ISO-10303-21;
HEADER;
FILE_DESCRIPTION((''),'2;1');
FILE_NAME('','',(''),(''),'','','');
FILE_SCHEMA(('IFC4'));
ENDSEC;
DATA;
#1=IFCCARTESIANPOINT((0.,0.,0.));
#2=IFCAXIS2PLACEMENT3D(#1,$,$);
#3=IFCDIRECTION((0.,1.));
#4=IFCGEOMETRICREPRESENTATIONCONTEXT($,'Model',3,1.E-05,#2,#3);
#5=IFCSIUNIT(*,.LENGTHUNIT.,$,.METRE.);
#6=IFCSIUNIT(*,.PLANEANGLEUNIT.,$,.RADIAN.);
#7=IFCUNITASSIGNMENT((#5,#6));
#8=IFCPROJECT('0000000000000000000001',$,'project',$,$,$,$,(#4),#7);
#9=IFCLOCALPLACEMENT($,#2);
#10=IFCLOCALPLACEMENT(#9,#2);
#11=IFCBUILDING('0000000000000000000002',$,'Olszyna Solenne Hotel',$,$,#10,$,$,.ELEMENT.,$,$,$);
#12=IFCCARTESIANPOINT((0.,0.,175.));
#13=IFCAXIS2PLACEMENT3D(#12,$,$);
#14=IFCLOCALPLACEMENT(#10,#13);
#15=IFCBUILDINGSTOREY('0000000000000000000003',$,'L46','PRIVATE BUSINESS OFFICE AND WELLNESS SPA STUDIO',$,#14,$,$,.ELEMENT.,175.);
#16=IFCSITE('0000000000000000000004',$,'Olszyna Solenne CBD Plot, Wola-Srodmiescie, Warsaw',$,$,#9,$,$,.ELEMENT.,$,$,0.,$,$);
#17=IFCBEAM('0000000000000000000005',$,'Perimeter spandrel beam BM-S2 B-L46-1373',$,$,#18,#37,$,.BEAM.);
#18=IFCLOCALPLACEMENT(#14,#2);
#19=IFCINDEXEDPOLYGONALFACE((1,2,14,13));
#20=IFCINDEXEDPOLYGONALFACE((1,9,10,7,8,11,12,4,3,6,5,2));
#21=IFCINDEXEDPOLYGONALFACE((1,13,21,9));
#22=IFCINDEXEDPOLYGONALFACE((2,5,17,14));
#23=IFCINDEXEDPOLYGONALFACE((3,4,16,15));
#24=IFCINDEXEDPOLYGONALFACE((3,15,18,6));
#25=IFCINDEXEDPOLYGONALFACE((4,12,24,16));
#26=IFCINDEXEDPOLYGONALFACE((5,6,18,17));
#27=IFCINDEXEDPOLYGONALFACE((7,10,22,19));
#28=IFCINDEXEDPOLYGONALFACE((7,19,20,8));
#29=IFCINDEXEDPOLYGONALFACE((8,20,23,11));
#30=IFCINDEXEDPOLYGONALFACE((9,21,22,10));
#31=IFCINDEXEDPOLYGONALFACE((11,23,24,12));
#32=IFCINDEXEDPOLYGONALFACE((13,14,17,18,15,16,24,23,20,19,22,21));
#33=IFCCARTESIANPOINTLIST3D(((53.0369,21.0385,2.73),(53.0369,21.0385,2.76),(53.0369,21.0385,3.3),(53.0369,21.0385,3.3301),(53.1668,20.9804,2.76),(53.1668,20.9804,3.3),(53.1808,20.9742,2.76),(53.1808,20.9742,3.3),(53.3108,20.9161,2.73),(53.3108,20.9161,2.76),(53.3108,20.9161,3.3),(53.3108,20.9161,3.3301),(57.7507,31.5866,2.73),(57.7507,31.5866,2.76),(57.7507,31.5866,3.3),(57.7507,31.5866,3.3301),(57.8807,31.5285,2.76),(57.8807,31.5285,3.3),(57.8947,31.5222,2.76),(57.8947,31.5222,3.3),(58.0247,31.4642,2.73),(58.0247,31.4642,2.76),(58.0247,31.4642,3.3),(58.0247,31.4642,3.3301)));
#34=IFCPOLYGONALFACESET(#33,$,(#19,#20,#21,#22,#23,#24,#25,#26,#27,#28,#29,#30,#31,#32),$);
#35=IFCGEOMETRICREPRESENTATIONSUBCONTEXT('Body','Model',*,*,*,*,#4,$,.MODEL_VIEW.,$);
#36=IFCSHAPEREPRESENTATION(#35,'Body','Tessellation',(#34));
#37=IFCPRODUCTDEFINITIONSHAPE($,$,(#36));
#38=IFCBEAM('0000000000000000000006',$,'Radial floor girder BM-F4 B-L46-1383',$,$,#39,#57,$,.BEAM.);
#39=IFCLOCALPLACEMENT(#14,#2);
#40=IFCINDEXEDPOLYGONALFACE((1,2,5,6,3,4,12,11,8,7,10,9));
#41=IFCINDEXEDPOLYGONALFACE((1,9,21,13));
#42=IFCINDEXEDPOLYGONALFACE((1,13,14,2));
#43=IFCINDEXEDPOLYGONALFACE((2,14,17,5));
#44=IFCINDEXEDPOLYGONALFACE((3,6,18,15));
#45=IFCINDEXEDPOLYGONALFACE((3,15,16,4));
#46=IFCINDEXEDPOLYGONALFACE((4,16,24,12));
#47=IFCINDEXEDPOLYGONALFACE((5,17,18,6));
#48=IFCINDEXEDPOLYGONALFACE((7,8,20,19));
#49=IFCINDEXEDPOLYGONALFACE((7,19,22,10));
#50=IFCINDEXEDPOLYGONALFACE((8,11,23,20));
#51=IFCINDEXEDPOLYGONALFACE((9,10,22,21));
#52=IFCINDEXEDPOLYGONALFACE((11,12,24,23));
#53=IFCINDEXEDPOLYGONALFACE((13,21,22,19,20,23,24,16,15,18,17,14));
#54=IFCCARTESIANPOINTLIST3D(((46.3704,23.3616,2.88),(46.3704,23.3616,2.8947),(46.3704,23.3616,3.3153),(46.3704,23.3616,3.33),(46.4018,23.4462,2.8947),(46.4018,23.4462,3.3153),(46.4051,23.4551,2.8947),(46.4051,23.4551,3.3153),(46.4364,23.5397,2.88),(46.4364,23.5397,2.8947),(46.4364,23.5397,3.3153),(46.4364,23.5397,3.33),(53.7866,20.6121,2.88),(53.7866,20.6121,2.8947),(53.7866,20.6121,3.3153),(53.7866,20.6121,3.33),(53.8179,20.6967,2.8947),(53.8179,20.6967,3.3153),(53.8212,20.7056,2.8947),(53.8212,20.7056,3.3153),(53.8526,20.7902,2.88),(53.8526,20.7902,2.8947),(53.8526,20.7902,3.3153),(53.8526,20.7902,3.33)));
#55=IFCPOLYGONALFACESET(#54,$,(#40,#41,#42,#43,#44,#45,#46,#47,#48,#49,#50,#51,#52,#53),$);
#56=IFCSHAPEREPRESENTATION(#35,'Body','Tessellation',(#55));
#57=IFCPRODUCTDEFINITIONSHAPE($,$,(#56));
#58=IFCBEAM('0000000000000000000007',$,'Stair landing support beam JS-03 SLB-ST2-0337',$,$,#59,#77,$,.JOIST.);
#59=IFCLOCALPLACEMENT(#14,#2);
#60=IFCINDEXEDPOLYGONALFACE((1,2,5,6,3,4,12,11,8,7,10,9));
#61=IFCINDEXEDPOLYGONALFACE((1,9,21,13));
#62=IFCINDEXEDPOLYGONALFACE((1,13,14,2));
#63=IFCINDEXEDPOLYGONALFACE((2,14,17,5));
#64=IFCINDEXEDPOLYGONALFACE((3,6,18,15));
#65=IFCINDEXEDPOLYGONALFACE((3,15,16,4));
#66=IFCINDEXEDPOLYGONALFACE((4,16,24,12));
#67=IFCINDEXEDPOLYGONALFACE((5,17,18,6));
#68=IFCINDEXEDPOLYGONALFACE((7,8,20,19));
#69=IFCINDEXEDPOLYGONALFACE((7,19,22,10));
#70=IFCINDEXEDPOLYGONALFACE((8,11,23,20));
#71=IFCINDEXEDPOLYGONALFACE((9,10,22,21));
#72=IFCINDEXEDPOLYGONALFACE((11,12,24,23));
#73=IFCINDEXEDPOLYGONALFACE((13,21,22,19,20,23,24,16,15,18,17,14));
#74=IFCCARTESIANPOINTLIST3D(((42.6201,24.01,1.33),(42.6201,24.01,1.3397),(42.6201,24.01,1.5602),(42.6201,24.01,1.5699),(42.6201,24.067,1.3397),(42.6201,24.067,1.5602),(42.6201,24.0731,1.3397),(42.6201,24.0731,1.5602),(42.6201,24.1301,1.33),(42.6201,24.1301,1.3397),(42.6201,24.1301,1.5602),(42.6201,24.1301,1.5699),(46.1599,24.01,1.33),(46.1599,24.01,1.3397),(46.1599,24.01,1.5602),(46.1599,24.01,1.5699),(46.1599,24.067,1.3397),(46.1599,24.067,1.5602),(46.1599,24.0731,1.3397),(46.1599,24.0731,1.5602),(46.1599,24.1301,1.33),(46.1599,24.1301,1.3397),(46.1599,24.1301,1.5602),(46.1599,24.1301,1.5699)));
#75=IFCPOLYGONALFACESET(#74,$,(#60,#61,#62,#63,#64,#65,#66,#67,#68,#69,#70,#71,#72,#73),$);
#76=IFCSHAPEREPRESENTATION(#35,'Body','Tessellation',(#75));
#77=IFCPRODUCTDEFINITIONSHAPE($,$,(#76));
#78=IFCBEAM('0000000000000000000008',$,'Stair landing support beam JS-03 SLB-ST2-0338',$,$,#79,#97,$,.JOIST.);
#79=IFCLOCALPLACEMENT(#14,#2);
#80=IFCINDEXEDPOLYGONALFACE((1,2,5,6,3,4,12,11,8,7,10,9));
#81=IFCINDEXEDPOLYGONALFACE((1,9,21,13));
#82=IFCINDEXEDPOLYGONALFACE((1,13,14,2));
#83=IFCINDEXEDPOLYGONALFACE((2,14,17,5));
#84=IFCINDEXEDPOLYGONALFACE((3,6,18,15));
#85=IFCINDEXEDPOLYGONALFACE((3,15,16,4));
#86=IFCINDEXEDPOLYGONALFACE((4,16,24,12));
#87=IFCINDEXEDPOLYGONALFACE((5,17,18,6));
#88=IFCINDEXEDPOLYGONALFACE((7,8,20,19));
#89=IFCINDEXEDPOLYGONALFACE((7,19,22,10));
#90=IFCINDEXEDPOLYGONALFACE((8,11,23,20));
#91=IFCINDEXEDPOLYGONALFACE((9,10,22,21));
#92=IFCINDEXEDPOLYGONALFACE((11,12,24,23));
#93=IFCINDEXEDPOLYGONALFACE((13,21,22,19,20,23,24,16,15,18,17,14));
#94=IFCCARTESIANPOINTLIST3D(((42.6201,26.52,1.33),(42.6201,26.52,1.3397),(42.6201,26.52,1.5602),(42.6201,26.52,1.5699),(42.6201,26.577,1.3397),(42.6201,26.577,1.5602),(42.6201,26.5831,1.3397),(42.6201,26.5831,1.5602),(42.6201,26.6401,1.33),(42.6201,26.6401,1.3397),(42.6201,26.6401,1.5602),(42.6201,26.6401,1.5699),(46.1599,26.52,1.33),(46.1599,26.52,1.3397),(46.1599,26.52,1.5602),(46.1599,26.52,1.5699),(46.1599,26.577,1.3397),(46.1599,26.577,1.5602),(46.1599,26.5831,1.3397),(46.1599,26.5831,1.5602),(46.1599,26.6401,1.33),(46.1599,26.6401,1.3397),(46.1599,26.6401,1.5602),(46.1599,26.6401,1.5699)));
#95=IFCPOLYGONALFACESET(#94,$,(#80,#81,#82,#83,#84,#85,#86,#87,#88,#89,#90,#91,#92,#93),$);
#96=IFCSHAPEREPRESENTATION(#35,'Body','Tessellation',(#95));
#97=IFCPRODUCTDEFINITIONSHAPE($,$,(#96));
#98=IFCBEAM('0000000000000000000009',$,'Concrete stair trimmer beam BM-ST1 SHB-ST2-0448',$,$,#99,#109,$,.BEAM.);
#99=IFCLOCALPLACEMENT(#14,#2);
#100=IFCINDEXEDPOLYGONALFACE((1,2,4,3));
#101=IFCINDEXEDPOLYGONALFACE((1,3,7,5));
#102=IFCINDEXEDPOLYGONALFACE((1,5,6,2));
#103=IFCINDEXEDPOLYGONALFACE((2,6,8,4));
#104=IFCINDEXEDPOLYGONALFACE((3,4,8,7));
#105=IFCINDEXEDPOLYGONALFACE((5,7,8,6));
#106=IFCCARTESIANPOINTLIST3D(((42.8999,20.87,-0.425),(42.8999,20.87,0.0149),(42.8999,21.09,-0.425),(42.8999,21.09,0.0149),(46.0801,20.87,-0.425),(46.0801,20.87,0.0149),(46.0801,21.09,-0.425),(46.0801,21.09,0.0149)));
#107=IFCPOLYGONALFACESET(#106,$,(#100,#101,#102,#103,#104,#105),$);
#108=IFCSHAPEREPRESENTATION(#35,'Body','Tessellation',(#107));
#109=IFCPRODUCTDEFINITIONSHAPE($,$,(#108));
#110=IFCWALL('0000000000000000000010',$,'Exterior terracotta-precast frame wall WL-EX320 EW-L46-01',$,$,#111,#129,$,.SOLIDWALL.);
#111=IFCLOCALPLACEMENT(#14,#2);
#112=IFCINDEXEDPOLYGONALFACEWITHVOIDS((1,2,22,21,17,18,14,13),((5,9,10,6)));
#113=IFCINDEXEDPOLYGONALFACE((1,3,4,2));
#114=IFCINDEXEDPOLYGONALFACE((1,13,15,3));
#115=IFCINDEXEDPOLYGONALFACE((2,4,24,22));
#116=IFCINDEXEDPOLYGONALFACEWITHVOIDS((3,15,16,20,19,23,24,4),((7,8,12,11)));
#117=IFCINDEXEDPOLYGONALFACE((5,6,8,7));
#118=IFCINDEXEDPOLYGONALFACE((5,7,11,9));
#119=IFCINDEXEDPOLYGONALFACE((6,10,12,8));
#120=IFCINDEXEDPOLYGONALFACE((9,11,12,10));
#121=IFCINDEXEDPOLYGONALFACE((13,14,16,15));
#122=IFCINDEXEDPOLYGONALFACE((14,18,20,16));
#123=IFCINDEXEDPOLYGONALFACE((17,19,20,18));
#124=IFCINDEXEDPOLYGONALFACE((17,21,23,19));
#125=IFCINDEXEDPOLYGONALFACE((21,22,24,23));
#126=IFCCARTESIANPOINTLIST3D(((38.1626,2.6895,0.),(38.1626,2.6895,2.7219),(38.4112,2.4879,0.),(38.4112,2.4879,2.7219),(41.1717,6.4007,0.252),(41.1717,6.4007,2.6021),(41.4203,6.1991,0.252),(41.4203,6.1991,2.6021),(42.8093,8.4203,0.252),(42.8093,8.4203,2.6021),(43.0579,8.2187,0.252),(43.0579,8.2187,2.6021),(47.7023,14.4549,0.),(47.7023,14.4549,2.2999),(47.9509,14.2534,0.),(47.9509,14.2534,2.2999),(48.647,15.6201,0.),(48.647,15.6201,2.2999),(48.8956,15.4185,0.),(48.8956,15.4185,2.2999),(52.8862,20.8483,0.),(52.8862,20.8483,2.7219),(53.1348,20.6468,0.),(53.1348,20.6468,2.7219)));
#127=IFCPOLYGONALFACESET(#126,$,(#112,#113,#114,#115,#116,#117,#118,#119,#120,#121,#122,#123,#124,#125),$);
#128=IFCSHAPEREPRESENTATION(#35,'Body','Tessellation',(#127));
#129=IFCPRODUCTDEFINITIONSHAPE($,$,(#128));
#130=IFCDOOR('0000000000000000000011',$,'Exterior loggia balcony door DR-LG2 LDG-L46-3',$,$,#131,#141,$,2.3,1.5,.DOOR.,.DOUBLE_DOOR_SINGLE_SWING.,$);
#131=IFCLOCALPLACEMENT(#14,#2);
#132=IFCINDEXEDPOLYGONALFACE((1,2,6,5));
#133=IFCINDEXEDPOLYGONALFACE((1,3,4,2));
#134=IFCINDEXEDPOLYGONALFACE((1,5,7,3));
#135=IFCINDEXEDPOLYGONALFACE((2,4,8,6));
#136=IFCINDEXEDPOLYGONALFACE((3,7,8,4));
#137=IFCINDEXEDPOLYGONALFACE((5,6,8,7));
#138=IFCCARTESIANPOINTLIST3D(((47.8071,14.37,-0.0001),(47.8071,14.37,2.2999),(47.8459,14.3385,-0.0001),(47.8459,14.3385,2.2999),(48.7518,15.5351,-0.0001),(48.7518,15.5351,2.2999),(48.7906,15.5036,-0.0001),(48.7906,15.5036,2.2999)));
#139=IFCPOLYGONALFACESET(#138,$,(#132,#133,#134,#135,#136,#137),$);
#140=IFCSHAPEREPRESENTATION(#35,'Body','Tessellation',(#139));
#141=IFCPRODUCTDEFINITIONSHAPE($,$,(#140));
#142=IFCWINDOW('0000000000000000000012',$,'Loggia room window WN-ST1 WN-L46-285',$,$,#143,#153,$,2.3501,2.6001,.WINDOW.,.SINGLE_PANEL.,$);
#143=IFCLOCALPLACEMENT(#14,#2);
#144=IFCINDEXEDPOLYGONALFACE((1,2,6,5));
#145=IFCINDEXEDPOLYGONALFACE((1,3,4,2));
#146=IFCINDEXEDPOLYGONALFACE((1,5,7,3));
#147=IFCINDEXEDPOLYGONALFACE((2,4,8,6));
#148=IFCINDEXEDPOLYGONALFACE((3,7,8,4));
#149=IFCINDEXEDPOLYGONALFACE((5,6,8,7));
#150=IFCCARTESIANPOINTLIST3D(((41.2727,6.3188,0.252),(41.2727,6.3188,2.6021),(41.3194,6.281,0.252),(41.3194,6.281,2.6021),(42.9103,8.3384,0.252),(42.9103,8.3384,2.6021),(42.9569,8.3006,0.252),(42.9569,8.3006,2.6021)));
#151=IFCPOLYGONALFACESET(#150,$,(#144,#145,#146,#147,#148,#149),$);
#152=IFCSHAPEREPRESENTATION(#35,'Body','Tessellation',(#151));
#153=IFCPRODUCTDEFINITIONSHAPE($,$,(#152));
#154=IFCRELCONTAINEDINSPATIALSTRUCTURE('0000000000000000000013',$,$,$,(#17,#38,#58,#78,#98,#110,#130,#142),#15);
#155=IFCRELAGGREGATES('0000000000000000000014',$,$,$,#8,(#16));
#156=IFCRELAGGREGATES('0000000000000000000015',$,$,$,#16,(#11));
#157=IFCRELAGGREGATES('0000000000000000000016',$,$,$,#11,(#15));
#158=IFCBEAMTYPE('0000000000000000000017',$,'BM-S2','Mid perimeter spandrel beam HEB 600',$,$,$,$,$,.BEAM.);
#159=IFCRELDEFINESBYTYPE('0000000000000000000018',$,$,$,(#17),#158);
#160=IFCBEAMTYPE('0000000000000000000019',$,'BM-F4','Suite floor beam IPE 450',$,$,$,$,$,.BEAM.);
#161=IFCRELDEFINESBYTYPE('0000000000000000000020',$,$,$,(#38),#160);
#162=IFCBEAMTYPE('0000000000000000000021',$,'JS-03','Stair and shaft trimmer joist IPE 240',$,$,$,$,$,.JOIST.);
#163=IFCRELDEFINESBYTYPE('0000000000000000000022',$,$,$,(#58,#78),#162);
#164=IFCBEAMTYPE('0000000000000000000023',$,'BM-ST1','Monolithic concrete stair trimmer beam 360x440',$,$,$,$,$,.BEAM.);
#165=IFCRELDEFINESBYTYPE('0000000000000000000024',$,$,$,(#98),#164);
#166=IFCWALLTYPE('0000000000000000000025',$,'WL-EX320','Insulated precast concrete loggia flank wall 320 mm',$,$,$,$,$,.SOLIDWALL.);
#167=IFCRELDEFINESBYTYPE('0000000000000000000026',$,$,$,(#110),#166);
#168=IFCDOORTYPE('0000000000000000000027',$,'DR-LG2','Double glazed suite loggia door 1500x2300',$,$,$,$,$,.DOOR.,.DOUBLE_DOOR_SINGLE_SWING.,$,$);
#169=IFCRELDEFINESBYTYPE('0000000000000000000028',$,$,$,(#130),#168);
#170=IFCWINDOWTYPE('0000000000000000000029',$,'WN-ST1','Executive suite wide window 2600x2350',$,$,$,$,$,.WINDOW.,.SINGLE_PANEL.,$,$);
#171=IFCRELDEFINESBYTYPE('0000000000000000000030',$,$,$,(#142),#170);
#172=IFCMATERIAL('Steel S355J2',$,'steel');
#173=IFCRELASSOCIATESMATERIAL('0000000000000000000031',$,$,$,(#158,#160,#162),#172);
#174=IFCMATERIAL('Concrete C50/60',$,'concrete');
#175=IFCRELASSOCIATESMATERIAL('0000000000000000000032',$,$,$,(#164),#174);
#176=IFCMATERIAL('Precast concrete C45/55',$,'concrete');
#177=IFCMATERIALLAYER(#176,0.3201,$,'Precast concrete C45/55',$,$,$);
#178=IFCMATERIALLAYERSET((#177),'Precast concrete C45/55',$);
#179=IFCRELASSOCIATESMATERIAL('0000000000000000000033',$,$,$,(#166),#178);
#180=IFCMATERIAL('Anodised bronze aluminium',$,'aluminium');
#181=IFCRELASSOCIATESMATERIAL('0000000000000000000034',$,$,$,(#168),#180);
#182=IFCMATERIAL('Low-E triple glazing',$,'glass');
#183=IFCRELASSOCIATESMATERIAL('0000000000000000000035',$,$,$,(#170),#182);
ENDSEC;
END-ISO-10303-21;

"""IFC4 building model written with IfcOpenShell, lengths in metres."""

from ifc_helpers import new_model, si_unit, direction, frame, frame_2d, origin, origin_2d, place, context, subcontext, project, spatial, rectangle, i_section, extrude, source, transform, mapped, material, layer, layer_set, material_profile, profile_set, type_object, type_shapes, element, fill, save


model = new_model("IFC4")

# Units and contexts
model_context = context("Model", 3, precision=1e-05, world=origin(), true_north=direction((0.0, 1.0)))
body_context = subcontext(model_context, "Body", "Model", "MODEL_VIEW")
ifc_project = project(units=[si_unit("LENGTHUNIT", "METRE"), si_unit("PLANEANGLEUNIT", "RADIAN")], contexts=[model_context])

# Site, building, storey
site_placement = place(None, origin())
site = spatial("IfcSite", under=ifc_project, at=site_placement, Name="Olszyna Solenne CBD Plot, Wola-Srodmiescie, Warsaw", CompositionType="ELEMENT", RefElevation=0.0)
building_placement = place(site_placement, origin())
building = spatial("IfcBuilding", under=site, at=building_placement, Name="Olszyna Solenne Hotel", CompositionType="ELEMENT")
storey_placement = place(building_placement, frame((0.0, 0.0, 175.0)))
storey = spatial("IfcBuildingStorey", under=building, at=storey_placement, Name="L46", Description="PRIVATE BUSINESS OFFICE AND WELLNESS SPA STUDIO", CompositionType="ELEMENT", Elevation=175.0)

# Beams
ifc_material_1 = material(Name="Steel S355J2", Category="steel")
ifc_material_profile_1 = material_profile(ifc_material_1, i_section(OverallWidth=0.3, OverallDepth=0.6001, WebThickness=0.0154, FlangeThickness=0.03, at=origin_2d()), Name="HEB 600", Category="load-bearing")
ifc_profile_set_1 = profile_set([ifc_material_profile_1], Name="Steel S355J2")
beam_type_1 = type_object("IfcBeamType", Name="BM-S2", Description="Mid perimeter spandrel beam HEB 600", PredefinedType="BEAM", material=ifc_profile_set_1)
shared_shape_1 = source(origin(), body_context, "Body", "SweptSolid", [
    extrude(i_section(OverallWidth=0.3, OverallDepth=0.6001, WebThickness=0.0154, FlangeThickness=0.03, at=origin_2d()), origin(), (0.0, 0.0, 1.0), 11.5535),
])
beam_1_placement = place(storey_placement, frame((53.1738, 20.9773, 3.03), z_axis=(0.408004, 0.91298, 0.0), x_axis=(-0.91298, 0.408004, 0.0)))
element("IfcBeam", 1, at=beam_1_placement, inside=storey, type_object=beam_type_1, Name="Perimeter spandrel beam BM-S2 B-L46-1373", PredefinedType="BEAM", context=body_context, shape_type="MappedRepresentation", body=[
    mapped(shared_shape_1, transform((0.0, 0.0, 0.0), x_axis=(1.0, 0.0, 0.0), y_axis=(0.0, 1.0, 0.0), z_axis=(0.0, 0.0, 1.0), scale=1.0)),
])
ifc_material_profile_2 = material_profile(ifc_material_1, i_section(OverallWidth=0.1899, OverallDepth=0.45, WebThickness=0.0095, FlangeThickness=0.0146, at=origin_2d()), Name="IPE 450", Category="load-bearing")
ifc_profile_set_2 = profile_set([ifc_material_profile_2], Name="Steel S355J2")
beam_type_2 = type_object("IfcBeamType", Name="BM-F4", Description="Suite floor beam IPE 450", PredefinedType="BEAM", material=ifc_profile_set_2)
shared_shape_2 = source(origin(), body_context, "Body", "SweptSolid", [
    extrude(i_section(OverallWidth=0.1899, OverallDepth=0.45, WebThickness=0.0095, FlangeThickness=0.0146, at=origin_2d()), origin(), (0.0, 0.0, 1.0), 7.9094),
])
beam_2_placement = place(storey_placement, frame((53.8196, 20.7012, 3.105), z_axis=(-0.937636, 0.34762, 0.0), x_axis=(-0.34762, -0.937636, 0.0)))
element("IfcBeam", 2, at=beam_2_placement, inside=storey, type_object=beam_type_2, Name="Radial floor girder BM-F4 B-L46-1383", PredefinedType="BEAM", context=body_context, shape_type="MappedRepresentation", body=[
    mapped(shared_shape_2, transform((0.0, 0.0, 0.0), x_axis=(1.0, 0.0, 0.0), y_axis=(0.0, 1.0, 0.0), z_axis=(0.0, 0.0, 1.0), scale=1.0)),
])
ifc_material_profile_3 = material_profile(ifc_material_1, i_section(OverallWidth=0.1201, OverallDepth=0.24, WebThickness=0.0061, FlangeThickness=0.0098, at=origin_2d()), Name="IPE 240", Category="load-bearing")
ifc_profile_set_3 = profile_set([ifc_material_profile_3], Name="Steel S355J2")
beam_type_3 = type_object("IfcBeamType", Name="JS-03", Description="Stair and shaft trimmer joist IPE 240", PredefinedType="JOIST", material=ifc_profile_set_3)
shared_shape_3 = source(origin(), body_context, "Body", "SweptSolid", [
    extrude(i_section(OverallWidth=0.1201, OverallDepth=0.24, WebThickness=0.0061, FlangeThickness=0.0098, at=origin_2d()), origin(), (0.0, 0.0, 1.0), 3.5398),
])
for number, where, z_axis, x_axis, name in (
    (3, (46.1599, 24.0701, 1.45), (-1.0, 0.0, 0.0), (0.0, -1.0, 0.0), "Stair landing support beam JS-03 SLB-ST2-0337"),
    (4, (46.1599, 26.5801, 1.45), (-1.0, 0.0, 0.0), (0.0, -1.0, 0.0), "Stair landing support beam JS-03 SLB-ST2-0338"),
):
    element("IfcBeam", number, at=place(storey_placement, frame(where, z_axis=z_axis, x_axis=x_axis)), inside=storey, type_object=beam_type_3, Name=name, PredefinedType="JOIST", context=body_context, shape_type="MappedRepresentation", body=[
        mapped(shared_shape_3, transform((0.0, 0.0, 0.0), x_axis=(1.0, 0.0, 0.0), y_axis=(0.0, 1.0, 0.0), z_axis=(0.0, 0.0, 1.0), scale=1.0)),
    ])
ifc_material_2 = material(Name="Concrete C50/60", Category="concrete")
ifc_material_profile_4 = material_profile(ifc_material_2, rectangle(XDim=0.22, YDim=0.4399, at=origin_2d()), Name="RC 220x440", Category="load-bearing")
ifc_profile_set_4 = profile_set([ifc_material_profile_4], Name="Concrete C50/60")
beam_type_4 = type_object("IfcBeamType", Name="BM-ST1", Description="Monolithic concrete stair trimmer beam 360x440", PredefinedType="BEAM", material=ifc_profile_set_4)
shared_shape_4 = source(origin(), body_context, "Body", "SweptSolid", [
    extrude(rectangle(XDim=0.22, YDim=0.4399, at=origin_2d()), origin(), (0.0, 0.0, 1.0), 3.1802),
])
beam_3_placement = place(storey_placement, frame((46.0801, 20.98, -0.2051), z_axis=(-1.0, 0.0, 0.0), x_axis=(0.0, -1.0, 0.0)))
element("IfcBeam", 5, at=beam_3_placement, inside=storey, type_object=beam_type_4, Name="Concrete stair trimmer beam BM-ST1 SHB-ST2-0448", PredefinedType="BEAM", context=body_context, shape_type="MappedRepresentation", body=[
    mapped(shared_shape_4, transform((0.0, 0.0, 0.0), x_axis=(1.0, 0.0, 0.0), y_axis=(0.0, 1.0, 0.0), z_axis=(0.0, 0.0, 1.0), scale=1.0)),
])

# Wall, openings, door, window
ifc_material_3 = material(Name="Precast concrete C45/55", Category="concrete")
ifc_layer_1 = layer(ifc_material_3, 0.3201, Name="Precast concrete C45/55")
ifc_layer_set_1 = layer_set([ifc_layer_1], Name="Precast concrete C45/55")
wall_type_1 = type_object("IfcWallType", Name="WL-EX320", Description="Insulated precast concrete loggia flank wall 320 mm", PredefinedType="SOLIDWALL", material=ifc_layer_set_1)
wall_1_placement = place(storey_placement, frame((53.0105, 20.7476, 0.0), z_axis=(0.0, 0.0, 1.0), x_axis=(-0.629806, -0.776752, 0.0)))
wall_1 = element("IfcWall", 6, at=wall_1_placement, inside=storey, type_object=wall_type_1, Name="Exterior terracotta-precast frame wall WL-EX320 EW-L46-01", PredefinedType="SOLIDWALL", context=body_context, shape_type="SweptSolid", body=[
    extrude(rectangle(XDim=23.3779, YDim=0.3201, at=frame_2d((11.689, 0.0))), origin(), (0.0, 0.0, 1.0), 2.7219),
])
opening_1_placement = place(wall_1_placement, frame((6.731, 0.0, 0.0)))
opening_1 = element("IfcOpeningElement", 7, at=opening_1_placement, cuts=wall_1, PredefinedType="OPENING", context=body_context, shape_type="SweptSolid", body=[
    extrude(rectangle(XDim=1.5, YDim=2.3, at=frame_2d((0.75, 1.1499))), frame((0.0, 0.1699, 0.0), z_axis=(0.0, -1.0, 0.0), x_axis=(1.0, 0.0, 0.0)), (0.0, 0.0, 1.0), 0.3401),
])
opening_2_placement = place(wall_1_placement, frame((16.0, 0.0, 0.252)))
opening_2 = element("IfcOpeningElement", 8, at=opening_2_placement, cuts=wall_1, PredefinedType="OPENING", context=body_context, shape_type="SweptSolid", body=[
    extrude(rectangle(XDim=2.6001, YDim=2.3501, at=frame_2d((1.3, 1.175))), frame((0.0, 0.1699, 0.0), z_axis=(0.0, -1.0, 0.0), x_axis=(1.0, 0.0, 0.0)), (0.0, 0.0, 1.0), 0.3401),
])
ifc_material_4 = material(Name="Anodised bronze aluminium", Category="aluminium")
door_type_1 = type_object("IfcDoorType", Name="DR-LG2", Description="Double glazed suite loggia door 1500x2300", OperationType="DOUBLE_DOOR_SINGLE_SWING", PredefinedType="DOOR", material=ifc_material_4)
shared_shape_5 = source(origin(), body_context, "Body", "SweptSolid", [
    extrude(rectangle(XDim=1.5, YDim=2.3, at=frame_2d((0.75, 1.1499))), frame((0.0, 0.0249, 0.0), z_axis=(0.0, -1.0, 0.0), x_axis=(1.0, 0.0, 0.0)), (0.0, 0.0, 1.0), 0.05),
])
type_shapes(door_type_1, [shared_shape_5])
door_1_placement = place(opening_1_placement, origin())
door_1 = element("IfcDoor", 9, at=door_1_placement, inside=storey, type_object=door_type_1, Name="Exterior loggia balcony door DR-LG2 LDG-L46-3", OperationType="DOUBLE_DOOR_SINGLE_SWING", OverallHeight=2.3, OverallWidth=1.5, PredefinedType="DOOR", context=body_context, shape_type="MappedRepresentation", body=[
    mapped(shared_shape_5, transform((0.0, 0.0, 0.0), x_axis=(1.0, 0.0, 0.0), y_axis=(0.0, 1.0, 0.0), z_axis=(0.0, 0.0, 1.0), scale=1.0)),
])
fill(opening_1, door_1)
ifc_material_5 = material(Name="Low-E triple glazing", Category="glass")
window_type = type_object("IfcWindowType", Name="WN-ST1", Description="Executive suite wide window 2600x2350", PartitioningType="SINGLE_PANEL", PredefinedType="WINDOW", material=ifc_material_5)
shared_shape_6 = source(origin(), body_context, "Body", "SweptSolid", [
    extrude(rectangle(XDim=2.6001, YDim=2.3501, at=frame_2d((1.3, 1.175))), frame((0.0, 0.03, 0.0), z_axis=(0.0, -1.0, 0.0), x_axis=(1.0, 0.0, 0.0)), (0.0, 0.0, 1.0), 0.0601),
])
type_shapes(window_type, [shared_shape_6])
window_placement = place(opening_2_placement, origin())
window = element("IfcWindow", 10, at=window_placement, inside=storey, type_object=window_type, Name="Loggia room window WN-ST1 WN-L46-285", OverallHeight=2.3501, OverallWidth=2.6001, PartitioningType="SINGLE_PANEL", PredefinedType="WINDOW", context=body_context, shape_type="MappedRepresentation", body=[
    mapped(shared_shape_6, transform((0.0, 0.0, 0.0), x_axis=(1.0, 0.0, 0.0), y_axis=(0.0, 1.0, 0.0), z_axis=(0.0, 0.0, 1.0), scale=1.0)),
])
fill(opening_2, window)

save(model, "model.ifc")
